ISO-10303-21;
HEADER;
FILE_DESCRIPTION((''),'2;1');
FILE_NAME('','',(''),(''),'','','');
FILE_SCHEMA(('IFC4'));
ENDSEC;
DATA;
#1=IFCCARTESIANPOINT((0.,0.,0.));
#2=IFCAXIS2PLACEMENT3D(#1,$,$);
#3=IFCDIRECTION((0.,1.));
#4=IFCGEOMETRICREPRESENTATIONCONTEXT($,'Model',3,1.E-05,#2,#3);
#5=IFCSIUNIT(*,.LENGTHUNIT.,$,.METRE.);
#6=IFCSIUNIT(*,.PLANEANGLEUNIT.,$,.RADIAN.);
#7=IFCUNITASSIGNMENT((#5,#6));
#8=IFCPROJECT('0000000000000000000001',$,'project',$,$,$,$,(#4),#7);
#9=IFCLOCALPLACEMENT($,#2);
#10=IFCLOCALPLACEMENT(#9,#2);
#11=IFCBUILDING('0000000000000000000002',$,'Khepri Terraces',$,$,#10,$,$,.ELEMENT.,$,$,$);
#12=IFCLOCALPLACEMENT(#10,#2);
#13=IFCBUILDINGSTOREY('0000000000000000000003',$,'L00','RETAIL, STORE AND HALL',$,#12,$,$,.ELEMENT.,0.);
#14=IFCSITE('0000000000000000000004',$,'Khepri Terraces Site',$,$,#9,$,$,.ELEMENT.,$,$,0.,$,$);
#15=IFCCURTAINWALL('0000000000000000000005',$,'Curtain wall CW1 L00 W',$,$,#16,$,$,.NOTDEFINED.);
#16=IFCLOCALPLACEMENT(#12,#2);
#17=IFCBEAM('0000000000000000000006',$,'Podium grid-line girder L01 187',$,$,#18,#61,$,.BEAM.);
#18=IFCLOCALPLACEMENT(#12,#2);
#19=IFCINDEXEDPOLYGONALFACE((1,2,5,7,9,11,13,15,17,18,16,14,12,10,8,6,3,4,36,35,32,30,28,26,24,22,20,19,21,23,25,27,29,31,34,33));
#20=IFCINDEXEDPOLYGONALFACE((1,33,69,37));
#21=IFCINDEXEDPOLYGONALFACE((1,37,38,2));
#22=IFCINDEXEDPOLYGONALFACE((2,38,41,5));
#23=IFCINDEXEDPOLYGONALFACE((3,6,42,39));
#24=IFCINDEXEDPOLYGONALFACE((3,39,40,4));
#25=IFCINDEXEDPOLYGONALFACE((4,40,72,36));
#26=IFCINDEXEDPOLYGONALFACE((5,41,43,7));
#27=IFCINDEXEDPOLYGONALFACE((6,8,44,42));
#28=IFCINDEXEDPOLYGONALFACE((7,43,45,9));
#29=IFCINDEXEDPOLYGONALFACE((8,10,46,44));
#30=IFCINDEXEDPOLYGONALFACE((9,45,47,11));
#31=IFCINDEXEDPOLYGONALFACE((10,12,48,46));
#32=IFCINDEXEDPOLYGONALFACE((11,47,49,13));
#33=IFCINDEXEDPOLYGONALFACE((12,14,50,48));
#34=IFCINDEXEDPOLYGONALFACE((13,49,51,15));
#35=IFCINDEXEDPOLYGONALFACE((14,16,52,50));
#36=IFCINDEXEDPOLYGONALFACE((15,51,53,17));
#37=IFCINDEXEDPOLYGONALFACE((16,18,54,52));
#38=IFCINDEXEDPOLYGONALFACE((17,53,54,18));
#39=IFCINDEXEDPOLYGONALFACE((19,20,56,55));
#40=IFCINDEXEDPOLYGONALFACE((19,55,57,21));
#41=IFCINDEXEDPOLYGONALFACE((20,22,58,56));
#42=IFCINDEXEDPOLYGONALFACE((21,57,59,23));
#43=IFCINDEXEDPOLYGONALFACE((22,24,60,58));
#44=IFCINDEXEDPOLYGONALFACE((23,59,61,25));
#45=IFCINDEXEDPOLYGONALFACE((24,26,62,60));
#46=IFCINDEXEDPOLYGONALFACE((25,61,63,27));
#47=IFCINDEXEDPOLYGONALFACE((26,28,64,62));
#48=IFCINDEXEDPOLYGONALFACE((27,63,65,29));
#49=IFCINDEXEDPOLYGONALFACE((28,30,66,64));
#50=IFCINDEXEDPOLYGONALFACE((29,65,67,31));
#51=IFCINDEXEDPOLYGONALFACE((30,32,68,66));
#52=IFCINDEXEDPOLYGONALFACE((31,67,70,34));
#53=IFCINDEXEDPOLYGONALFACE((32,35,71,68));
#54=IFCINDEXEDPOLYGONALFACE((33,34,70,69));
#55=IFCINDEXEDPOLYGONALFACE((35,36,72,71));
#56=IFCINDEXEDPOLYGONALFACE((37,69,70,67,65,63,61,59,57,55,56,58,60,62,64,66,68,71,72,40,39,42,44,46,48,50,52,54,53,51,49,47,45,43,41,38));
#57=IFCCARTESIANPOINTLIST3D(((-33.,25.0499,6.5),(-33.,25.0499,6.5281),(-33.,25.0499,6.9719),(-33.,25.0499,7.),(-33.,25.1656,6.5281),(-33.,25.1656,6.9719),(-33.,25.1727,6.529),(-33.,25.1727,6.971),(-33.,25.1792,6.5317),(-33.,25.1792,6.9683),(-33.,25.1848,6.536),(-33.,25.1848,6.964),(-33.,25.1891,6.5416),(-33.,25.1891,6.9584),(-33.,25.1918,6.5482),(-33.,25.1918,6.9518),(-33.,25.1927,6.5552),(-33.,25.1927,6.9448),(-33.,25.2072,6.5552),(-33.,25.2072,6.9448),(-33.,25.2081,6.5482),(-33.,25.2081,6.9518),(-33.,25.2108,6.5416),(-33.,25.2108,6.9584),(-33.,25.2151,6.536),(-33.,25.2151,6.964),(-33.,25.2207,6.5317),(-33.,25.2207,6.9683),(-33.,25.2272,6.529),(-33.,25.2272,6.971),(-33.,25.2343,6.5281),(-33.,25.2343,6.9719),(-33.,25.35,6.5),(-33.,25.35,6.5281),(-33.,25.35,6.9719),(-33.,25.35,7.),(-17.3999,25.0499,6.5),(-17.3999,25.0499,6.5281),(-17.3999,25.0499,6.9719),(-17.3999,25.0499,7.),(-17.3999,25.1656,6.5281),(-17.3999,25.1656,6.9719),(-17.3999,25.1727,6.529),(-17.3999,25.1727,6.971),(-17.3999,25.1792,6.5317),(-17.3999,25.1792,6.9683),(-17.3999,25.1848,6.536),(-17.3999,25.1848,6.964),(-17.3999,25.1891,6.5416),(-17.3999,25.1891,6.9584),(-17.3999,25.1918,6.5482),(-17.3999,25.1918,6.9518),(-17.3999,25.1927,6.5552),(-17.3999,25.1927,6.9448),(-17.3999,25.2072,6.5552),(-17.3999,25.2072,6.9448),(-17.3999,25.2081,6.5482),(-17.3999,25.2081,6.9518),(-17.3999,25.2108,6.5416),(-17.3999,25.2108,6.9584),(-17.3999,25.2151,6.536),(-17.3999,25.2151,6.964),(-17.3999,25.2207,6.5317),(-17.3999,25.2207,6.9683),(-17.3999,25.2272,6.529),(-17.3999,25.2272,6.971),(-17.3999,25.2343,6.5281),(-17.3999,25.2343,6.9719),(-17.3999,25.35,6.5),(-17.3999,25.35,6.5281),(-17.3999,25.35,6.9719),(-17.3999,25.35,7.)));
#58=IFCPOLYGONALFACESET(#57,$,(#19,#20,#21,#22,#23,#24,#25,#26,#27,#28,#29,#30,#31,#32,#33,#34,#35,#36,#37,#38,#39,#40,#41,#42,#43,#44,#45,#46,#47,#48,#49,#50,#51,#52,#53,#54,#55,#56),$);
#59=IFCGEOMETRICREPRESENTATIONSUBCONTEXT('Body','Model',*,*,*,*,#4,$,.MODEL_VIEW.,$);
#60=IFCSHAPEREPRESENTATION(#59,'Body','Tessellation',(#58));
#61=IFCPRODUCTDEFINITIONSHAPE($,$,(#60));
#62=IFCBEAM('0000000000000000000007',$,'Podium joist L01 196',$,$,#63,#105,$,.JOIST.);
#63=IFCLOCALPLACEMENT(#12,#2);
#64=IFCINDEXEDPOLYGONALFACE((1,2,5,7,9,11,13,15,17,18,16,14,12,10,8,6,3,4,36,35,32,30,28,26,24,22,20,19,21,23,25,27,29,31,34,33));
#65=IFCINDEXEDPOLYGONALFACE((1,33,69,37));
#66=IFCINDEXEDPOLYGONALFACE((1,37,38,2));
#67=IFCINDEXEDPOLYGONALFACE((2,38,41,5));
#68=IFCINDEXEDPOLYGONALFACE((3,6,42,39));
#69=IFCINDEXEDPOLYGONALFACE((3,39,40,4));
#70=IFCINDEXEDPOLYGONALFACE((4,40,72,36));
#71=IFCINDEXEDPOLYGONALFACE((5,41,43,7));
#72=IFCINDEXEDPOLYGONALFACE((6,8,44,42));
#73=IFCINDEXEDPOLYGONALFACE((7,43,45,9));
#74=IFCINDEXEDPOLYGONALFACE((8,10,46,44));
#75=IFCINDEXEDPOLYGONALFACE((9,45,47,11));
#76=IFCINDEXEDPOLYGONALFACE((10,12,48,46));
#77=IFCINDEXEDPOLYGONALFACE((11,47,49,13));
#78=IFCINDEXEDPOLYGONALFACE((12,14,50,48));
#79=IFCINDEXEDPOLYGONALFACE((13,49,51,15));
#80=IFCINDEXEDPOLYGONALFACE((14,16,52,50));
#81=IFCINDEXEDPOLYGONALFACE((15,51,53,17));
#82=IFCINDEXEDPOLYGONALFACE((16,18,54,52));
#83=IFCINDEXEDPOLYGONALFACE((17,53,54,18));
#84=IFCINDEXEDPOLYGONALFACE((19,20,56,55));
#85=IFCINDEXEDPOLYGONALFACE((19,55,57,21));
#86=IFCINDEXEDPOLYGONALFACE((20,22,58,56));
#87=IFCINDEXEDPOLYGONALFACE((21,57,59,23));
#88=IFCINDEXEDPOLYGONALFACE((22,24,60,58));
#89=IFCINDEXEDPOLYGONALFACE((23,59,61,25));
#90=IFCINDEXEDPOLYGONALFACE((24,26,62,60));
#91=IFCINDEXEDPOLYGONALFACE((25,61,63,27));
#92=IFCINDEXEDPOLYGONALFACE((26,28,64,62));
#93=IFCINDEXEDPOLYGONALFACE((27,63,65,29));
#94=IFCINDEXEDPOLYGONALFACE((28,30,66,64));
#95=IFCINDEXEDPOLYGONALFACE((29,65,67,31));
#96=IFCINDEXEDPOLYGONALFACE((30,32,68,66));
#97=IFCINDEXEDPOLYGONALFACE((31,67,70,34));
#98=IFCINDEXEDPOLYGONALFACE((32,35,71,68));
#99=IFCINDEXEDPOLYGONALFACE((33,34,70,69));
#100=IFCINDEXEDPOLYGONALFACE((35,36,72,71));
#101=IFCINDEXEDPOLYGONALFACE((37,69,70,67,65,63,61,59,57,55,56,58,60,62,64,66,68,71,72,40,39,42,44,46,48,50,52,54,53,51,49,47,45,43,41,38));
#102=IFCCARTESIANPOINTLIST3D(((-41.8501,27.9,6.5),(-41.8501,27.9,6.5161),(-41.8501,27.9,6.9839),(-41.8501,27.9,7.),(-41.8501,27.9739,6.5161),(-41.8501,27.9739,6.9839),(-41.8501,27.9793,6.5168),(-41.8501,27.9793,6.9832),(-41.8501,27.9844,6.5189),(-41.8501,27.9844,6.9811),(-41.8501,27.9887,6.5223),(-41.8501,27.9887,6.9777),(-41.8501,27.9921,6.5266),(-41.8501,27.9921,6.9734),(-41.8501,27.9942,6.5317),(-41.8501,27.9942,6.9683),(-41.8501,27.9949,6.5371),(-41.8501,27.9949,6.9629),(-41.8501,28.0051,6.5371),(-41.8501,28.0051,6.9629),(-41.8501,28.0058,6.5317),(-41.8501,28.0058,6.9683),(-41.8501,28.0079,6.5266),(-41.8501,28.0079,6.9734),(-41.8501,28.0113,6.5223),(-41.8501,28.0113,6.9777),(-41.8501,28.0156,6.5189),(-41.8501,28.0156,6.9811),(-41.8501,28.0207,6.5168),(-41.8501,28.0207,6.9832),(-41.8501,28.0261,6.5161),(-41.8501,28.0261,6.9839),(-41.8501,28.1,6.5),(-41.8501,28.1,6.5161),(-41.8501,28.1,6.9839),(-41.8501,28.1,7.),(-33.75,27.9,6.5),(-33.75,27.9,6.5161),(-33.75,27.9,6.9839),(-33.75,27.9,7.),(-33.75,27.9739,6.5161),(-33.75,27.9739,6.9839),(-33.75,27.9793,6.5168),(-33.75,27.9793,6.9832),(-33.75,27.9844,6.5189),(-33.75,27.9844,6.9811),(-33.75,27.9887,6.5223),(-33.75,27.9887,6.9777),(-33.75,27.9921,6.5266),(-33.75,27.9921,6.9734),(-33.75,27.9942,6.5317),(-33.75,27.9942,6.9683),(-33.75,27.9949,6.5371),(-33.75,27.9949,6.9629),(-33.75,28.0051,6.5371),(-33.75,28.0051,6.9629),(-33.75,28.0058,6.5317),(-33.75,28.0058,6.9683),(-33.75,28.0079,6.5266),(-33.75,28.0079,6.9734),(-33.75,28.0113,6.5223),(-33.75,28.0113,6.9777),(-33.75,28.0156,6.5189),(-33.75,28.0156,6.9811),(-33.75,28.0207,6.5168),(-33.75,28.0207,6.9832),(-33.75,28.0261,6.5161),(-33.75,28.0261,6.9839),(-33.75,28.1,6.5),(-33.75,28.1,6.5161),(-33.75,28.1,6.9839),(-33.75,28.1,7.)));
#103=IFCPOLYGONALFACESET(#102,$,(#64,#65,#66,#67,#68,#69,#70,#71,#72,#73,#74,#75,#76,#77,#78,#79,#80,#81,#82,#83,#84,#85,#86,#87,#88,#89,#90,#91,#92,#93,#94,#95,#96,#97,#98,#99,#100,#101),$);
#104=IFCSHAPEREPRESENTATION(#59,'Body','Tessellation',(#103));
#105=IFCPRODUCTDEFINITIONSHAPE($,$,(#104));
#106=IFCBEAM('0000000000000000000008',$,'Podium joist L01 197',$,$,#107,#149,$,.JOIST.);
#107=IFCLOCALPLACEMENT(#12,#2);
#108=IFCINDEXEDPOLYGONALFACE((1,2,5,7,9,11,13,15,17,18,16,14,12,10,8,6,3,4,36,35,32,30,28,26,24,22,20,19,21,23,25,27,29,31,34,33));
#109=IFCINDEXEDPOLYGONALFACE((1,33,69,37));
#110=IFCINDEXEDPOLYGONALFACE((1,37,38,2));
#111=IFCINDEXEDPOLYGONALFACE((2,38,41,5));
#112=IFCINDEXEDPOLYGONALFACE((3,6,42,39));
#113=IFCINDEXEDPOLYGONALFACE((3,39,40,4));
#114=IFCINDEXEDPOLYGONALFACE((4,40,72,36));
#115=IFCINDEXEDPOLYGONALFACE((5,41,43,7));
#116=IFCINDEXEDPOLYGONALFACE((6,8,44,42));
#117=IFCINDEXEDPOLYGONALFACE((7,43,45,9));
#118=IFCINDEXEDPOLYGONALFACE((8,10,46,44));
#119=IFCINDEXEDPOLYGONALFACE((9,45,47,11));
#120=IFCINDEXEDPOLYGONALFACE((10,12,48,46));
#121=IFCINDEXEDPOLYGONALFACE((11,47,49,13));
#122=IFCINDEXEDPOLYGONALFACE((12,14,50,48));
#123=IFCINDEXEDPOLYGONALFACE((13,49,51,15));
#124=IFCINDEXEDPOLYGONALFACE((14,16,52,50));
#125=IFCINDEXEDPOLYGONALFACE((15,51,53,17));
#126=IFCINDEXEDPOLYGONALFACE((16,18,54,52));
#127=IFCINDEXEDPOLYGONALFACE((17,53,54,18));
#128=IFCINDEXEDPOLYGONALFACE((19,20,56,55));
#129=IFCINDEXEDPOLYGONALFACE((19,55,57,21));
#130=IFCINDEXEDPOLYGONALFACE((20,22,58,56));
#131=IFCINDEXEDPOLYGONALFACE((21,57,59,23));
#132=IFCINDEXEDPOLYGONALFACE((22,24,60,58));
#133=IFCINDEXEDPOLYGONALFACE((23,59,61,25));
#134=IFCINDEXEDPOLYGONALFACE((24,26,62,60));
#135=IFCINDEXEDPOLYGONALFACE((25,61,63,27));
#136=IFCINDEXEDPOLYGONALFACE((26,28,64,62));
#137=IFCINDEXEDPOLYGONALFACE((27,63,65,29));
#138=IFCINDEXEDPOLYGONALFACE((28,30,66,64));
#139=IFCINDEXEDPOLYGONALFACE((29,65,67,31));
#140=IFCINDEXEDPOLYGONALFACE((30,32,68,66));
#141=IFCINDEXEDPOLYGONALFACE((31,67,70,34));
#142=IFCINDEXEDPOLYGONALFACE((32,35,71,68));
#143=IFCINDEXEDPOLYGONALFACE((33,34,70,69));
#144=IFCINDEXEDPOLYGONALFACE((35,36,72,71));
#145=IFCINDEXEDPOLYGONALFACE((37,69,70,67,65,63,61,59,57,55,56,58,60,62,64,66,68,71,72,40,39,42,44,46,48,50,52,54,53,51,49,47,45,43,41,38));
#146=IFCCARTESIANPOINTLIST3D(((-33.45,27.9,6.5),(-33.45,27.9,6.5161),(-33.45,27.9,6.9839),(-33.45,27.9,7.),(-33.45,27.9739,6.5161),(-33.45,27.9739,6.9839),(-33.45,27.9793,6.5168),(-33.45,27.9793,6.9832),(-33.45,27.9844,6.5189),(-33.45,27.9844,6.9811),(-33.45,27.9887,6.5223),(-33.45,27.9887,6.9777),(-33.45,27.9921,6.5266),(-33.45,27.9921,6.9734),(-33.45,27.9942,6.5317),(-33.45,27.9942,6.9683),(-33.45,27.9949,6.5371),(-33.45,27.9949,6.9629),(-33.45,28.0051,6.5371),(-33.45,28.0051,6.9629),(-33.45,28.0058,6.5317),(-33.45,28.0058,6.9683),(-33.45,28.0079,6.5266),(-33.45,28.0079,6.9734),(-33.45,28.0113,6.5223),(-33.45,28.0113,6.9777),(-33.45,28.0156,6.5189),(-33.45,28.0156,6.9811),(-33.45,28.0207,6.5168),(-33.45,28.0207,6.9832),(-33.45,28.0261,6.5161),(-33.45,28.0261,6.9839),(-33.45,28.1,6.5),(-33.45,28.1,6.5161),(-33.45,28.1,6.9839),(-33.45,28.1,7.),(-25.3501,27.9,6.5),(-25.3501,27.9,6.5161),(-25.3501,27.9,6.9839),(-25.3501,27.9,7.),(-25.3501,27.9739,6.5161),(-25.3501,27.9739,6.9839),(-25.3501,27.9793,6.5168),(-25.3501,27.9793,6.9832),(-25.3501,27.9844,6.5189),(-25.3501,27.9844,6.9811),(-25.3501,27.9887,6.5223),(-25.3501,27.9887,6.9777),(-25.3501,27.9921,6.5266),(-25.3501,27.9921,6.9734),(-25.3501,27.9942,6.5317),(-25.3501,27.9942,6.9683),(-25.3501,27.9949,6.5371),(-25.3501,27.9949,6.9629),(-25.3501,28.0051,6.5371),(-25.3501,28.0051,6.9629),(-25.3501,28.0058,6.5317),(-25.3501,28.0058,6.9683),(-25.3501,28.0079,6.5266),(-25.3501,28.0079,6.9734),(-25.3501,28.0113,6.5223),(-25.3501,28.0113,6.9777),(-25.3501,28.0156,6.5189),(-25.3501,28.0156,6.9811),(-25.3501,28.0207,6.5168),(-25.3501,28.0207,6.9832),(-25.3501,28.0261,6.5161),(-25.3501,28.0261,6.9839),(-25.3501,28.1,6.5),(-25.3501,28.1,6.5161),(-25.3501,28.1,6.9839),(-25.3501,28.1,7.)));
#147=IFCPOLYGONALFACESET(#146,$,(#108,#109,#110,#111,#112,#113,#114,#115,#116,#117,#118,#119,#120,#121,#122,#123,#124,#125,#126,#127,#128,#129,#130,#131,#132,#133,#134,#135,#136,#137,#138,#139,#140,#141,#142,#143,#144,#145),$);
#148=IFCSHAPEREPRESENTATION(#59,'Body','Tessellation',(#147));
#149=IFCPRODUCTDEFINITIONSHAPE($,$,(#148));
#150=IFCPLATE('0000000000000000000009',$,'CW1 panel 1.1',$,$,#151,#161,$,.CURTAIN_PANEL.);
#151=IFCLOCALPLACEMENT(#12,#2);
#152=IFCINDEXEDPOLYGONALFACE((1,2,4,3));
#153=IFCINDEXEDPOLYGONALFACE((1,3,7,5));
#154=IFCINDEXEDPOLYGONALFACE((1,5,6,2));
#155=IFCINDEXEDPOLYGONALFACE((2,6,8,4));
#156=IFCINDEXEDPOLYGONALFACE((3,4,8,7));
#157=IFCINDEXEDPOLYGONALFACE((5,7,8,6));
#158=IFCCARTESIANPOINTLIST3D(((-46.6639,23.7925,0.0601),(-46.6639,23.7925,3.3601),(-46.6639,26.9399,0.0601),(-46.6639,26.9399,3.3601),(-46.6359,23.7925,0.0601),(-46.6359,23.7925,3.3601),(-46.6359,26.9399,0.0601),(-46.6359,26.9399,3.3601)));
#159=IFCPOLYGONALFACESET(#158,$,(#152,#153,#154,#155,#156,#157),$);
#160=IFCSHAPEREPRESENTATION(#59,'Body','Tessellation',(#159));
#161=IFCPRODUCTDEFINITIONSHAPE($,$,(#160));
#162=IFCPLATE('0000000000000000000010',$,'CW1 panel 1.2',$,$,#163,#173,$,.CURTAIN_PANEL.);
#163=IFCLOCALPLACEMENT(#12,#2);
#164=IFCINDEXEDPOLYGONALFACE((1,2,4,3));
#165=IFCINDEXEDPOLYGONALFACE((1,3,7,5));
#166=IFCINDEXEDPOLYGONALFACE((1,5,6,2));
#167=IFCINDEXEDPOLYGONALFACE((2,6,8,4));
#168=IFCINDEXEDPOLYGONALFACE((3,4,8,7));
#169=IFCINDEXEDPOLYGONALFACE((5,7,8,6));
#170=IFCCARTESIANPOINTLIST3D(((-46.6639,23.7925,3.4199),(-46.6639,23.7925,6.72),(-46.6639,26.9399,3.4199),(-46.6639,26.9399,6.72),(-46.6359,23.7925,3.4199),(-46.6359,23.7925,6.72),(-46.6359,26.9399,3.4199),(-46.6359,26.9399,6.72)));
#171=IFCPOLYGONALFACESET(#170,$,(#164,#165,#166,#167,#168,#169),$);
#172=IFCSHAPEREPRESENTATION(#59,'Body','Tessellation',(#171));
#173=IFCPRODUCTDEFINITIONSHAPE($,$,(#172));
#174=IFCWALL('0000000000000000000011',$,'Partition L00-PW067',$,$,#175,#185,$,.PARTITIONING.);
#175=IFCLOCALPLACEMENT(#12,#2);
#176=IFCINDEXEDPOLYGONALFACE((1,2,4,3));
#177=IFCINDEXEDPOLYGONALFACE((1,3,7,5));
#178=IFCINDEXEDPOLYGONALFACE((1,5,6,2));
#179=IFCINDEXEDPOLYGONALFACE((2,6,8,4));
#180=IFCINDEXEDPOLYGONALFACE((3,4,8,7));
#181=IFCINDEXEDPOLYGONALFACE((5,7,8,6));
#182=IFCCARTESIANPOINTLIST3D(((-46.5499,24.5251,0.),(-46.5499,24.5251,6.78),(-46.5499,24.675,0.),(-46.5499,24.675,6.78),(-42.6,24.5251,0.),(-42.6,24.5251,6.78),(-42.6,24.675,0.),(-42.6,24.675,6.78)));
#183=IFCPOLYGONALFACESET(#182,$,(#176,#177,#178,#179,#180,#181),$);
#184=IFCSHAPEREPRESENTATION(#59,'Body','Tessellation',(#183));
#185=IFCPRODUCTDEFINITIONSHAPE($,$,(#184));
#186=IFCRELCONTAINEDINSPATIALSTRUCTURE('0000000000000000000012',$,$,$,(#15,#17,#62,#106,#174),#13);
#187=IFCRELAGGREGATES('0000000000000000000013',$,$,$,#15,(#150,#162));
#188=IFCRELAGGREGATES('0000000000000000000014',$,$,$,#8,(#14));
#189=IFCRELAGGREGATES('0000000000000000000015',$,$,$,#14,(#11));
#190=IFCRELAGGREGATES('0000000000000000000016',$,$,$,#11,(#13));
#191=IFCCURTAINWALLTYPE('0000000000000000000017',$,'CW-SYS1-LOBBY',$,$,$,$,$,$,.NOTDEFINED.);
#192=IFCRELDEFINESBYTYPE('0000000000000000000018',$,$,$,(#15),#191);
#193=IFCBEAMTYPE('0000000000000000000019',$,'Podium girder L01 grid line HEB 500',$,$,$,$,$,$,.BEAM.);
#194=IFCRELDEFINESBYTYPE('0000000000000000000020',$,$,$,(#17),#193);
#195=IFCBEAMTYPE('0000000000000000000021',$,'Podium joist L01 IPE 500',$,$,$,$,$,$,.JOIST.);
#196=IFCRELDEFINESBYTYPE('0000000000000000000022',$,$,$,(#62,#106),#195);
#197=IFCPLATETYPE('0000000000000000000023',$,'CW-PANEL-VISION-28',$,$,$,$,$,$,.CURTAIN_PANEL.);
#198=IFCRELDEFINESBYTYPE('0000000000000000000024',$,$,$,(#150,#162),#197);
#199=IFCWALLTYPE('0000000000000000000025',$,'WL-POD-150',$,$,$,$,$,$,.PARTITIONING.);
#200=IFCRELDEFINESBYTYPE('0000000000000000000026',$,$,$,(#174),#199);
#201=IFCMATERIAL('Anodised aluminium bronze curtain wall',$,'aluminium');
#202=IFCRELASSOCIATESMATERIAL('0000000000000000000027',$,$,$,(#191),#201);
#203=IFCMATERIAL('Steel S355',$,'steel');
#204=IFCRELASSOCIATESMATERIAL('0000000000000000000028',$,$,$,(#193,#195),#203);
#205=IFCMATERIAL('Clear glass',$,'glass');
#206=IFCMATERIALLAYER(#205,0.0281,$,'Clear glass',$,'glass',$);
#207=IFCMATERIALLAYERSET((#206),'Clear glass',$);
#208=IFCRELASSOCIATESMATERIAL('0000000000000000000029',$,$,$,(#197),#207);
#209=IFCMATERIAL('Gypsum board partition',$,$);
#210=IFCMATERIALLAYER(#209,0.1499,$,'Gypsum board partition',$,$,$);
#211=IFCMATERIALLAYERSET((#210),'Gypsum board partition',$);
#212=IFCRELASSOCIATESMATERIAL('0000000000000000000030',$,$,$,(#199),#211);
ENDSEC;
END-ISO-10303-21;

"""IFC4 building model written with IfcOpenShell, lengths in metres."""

from ifc_helpers import new_model, si_unit, direction, frame, frame_2d, origin, origin_2d, place, context, subcontext, project, spatial, rectangle, i_section, extrude, material, layer, layer_set, material_profile, profile_set, type_object, element, aggregate, save


model = new_model("IFC4")

# Units and contexts
model_context = context("Model", 3, precision=1e-05, world=origin(), true_north=direction((0.0, 1.0)))
body_context = subcontext(model_context, "Body", "Model", "MODEL_VIEW")
ifc_project = project(units=[si_unit("LENGTHUNIT", "METRE"), si_unit("PLANEANGLEUNIT", "RADIAN")], contexts=[model_context])

# Site, building, storey
site_placement = place(None, origin())
site = spatial("IfcSite", under=ifc_project, at=site_placement, Name="Khepri Terraces Site", CompositionType="ELEMENT", RefElevation=0.0)
building_placement = place(site_placement, origin())
building = spatial("IfcBuilding", under=site, at=building_placement, Name="Khepri Terraces", CompositionType="ELEMENT")
storey_placement = place(building_placement, origin())
storey = spatial("IfcBuildingStorey", under=building, at=storey_placement, Name="L00", Description="RETAIL, STORE AND HALL", CompositionType="ELEMENT", Elevation=0.0)

# Curtain wall
ifc_material_1 = material(Name="Anodised aluminium bronze curtain wall", Category="aluminium")
curtain_wall_type = type_object("IfcCurtainWallType", Name="CW-SYS1-LOBBY", PredefinedType="NOTDEFINED", material=ifc_material_1)
curtain_wall_placement = place(storey_placement, origin())
curtain_wall = element("IfcCurtainWall", 1, at=curtain_wall_placement, inside=storey, type_object=curtain_wall_type, Name="Curtain wall CW1 L00 W", PredefinedType="NOTDEFINED")

# Beams
ifc_material_2 = material(Name="Steel S355", Category="steel")
ifc_material_profile_1 = material_profile(ifc_material_2, i_section(OverallWidth=0.3, OverallDepth=0.5, WebThickness=0.0144, FlangeThickness=0.0281, FilletRadius=0.0271, at=origin_2d()), Name="Steel S355", Category="steel")
ifc_profile_set_1 = profile_set([ifc_material_profile_1], Name="Steel S355")
beam_type_1 = type_object("IfcBeamType", Name="Podium girder L01 grid line HEB 500", PredefinedType="BEAM", material=ifc_profile_set_1)
beam_1_placement = place(storey_placement, frame((-33.0, 25.2, 6.75), z_axis=(1.0, 0.0, 0.0), x_axis=(0.0, 1.0, 0.0)))
element("IfcBeam", 2, at=beam_1_placement, inside=storey, type_object=beam_type_1, Name="Podium grid-line girder L01 187", PredefinedType="BEAM", context=body_context, shape_type="SweptSolid", body=[
    extrude(i_section(OverallWidth=0.3, OverallDepth=0.5, WebThickness=0.0144, FlangeThickness=0.0281, FilletRadius=0.0271, at=origin_2d()), origin(), (0.0, 0.0, 1.0), 15.6001),
])
ifc_material_profile_2 = material_profile(ifc_material_2, i_section(OverallWidth=0.2, OverallDepth=0.5, WebThickness=0.0103, FlangeThickness=0.0161, FilletRadius=0.021, at=origin_2d()), Name="Steel S355", Category="steel")
ifc_profile_set_2 = profile_set([ifc_material_profile_2], Name="Steel S355")
beam_type_2 = type_object("IfcBeamType", Name="Podium joist L01 IPE 500", PredefinedType="JOIST", material=ifc_profile_set_2)
beam_2_placement = place(storey_placement, frame((-41.8501, 28.0, 6.75), z_axis=(1.0, 0.0, 0.0), x_axis=(0.0, 1.0, 0.0)))
element("IfcBeam", 3, at=beam_2_placement, inside=storey, type_object=beam_type_2, Name="Podium joist L01 196", PredefinedType="JOIST", context=body_context, shape_type="SweptSolid", body=[
    extrude(i_section(OverallWidth=0.2, OverallDepth=0.5, WebThickness=0.0103, FlangeThickness=0.0161, FilletRadius=0.021, at=origin_2d()), origin(), (0.0, 0.0, 1.0), 8.1001),
])
beam_3_placement = place(storey_placement, frame((-33.45, 28.0, 6.75), z_axis=(1.0, 0.0, 0.0), x_axis=(0.0, 1.0, 0.0)))
element("IfcBeam", 4, at=beam_3_placement, inside=storey, type_object=beam_type_2, Name="Podium joist L01 197", PredefinedType="JOIST", context=body_context, shape_type="SweptSolid", body=[
    extrude(i_section(OverallWidth=0.2, OverallDepth=0.5, WebThickness=0.0103, FlangeThickness=0.0161, FilletRadius=0.021, at=origin_2d()), origin(), (0.0, 0.0, 1.0), 8.0999),
])

# Plates
ifc_material_3 = material(Name="Clear glass", Category="glass")
ifc_layer_1 = layer(ifc_material_3, 0.0281, Name="Clear glass", Category="glass")
ifc_layer_set_1 = layer_set([ifc_layer_1], Name="Clear glass")
plate_type = type_object("IfcPlateType", Name="CW-PANEL-VISION-28", PredefinedType="CURTAIN_PANEL", material=ifc_layer_set_1)
plate_1_placement = place(storey_placement, frame((-46.6499, 25.3662, 0.0601), z_axis=(0.0, 0.0, 1.0), x_axis=(0.0, -1.0, 0.0)))
plate_1 = element("IfcPlate", 5, at=plate_1_placement, type_object=plate_type, Name="CW1 panel 1.1", PredefinedType="CURTAIN_PANEL", context=body_context, shape_type="SweptSolid", body=[
    extrude(rectangle(XDim=3.1475, YDim=0.0281, at=origin_2d()), origin(), (0.0, 0.0, 1.0), 3.3),
])
plate_2_placement = place(storey_placement, frame((-46.6499, 25.3662, 3.4199), z_axis=(0.0, 0.0, 1.0), x_axis=(0.0, -1.0, 0.0)))
plate_2 = element("IfcPlate", 6, at=plate_2_placement, type_object=plate_type, Name="CW1 panel 1.2", PredefinedType="CURTAIN_PANEL", context=body_context, shape_type="SweptSolid", body=[
    extrude(rectangle(XDim=3.1475, YDim=0.0281, at=origin_2d()), origin(), (0.0, 0.0, 1.0), 3.3),
])
aggregate(curtain_wall, [plate_1, plate_2])

# Wall
ifc_material_4 = material(Name="Gypsum board partition")
ifc_layer_2 = layer(ifc_material_4, 0.1499, Name="Gypsum board partition")
ifc_layer_set_2 = layer_set([ifc_layer_2], Name="Gypsum board partition")
wall_type_1 = type_object("IfcWallType", Name="WL-POD-150", PredefinedType="PARTITIONING", material=ifc_layer_set_2)
wall_1_placement = place(storey_placement, frame((-46.55, 24.6001, 0.0), z_axis=(0.0, 0.0, 1.0), x_axis=(1.0, 0.0, 0.0)))
element("IfcWall", 7, at=wall_1_placement, inside=storey, type_object=wall_type_1, Name="Partition L00-PW067", PredefinedType="PARTITIONING", context=body_context, shape_type="SweptSolid", body=[
    extrude(rectangle(XDim=3.95, YDim=0.1499, at=frame_2d((1.9751, 0.0))), origin(), (0.0, 0.0, 1.0), 6.78),
])

save(model, "model.ifc")
